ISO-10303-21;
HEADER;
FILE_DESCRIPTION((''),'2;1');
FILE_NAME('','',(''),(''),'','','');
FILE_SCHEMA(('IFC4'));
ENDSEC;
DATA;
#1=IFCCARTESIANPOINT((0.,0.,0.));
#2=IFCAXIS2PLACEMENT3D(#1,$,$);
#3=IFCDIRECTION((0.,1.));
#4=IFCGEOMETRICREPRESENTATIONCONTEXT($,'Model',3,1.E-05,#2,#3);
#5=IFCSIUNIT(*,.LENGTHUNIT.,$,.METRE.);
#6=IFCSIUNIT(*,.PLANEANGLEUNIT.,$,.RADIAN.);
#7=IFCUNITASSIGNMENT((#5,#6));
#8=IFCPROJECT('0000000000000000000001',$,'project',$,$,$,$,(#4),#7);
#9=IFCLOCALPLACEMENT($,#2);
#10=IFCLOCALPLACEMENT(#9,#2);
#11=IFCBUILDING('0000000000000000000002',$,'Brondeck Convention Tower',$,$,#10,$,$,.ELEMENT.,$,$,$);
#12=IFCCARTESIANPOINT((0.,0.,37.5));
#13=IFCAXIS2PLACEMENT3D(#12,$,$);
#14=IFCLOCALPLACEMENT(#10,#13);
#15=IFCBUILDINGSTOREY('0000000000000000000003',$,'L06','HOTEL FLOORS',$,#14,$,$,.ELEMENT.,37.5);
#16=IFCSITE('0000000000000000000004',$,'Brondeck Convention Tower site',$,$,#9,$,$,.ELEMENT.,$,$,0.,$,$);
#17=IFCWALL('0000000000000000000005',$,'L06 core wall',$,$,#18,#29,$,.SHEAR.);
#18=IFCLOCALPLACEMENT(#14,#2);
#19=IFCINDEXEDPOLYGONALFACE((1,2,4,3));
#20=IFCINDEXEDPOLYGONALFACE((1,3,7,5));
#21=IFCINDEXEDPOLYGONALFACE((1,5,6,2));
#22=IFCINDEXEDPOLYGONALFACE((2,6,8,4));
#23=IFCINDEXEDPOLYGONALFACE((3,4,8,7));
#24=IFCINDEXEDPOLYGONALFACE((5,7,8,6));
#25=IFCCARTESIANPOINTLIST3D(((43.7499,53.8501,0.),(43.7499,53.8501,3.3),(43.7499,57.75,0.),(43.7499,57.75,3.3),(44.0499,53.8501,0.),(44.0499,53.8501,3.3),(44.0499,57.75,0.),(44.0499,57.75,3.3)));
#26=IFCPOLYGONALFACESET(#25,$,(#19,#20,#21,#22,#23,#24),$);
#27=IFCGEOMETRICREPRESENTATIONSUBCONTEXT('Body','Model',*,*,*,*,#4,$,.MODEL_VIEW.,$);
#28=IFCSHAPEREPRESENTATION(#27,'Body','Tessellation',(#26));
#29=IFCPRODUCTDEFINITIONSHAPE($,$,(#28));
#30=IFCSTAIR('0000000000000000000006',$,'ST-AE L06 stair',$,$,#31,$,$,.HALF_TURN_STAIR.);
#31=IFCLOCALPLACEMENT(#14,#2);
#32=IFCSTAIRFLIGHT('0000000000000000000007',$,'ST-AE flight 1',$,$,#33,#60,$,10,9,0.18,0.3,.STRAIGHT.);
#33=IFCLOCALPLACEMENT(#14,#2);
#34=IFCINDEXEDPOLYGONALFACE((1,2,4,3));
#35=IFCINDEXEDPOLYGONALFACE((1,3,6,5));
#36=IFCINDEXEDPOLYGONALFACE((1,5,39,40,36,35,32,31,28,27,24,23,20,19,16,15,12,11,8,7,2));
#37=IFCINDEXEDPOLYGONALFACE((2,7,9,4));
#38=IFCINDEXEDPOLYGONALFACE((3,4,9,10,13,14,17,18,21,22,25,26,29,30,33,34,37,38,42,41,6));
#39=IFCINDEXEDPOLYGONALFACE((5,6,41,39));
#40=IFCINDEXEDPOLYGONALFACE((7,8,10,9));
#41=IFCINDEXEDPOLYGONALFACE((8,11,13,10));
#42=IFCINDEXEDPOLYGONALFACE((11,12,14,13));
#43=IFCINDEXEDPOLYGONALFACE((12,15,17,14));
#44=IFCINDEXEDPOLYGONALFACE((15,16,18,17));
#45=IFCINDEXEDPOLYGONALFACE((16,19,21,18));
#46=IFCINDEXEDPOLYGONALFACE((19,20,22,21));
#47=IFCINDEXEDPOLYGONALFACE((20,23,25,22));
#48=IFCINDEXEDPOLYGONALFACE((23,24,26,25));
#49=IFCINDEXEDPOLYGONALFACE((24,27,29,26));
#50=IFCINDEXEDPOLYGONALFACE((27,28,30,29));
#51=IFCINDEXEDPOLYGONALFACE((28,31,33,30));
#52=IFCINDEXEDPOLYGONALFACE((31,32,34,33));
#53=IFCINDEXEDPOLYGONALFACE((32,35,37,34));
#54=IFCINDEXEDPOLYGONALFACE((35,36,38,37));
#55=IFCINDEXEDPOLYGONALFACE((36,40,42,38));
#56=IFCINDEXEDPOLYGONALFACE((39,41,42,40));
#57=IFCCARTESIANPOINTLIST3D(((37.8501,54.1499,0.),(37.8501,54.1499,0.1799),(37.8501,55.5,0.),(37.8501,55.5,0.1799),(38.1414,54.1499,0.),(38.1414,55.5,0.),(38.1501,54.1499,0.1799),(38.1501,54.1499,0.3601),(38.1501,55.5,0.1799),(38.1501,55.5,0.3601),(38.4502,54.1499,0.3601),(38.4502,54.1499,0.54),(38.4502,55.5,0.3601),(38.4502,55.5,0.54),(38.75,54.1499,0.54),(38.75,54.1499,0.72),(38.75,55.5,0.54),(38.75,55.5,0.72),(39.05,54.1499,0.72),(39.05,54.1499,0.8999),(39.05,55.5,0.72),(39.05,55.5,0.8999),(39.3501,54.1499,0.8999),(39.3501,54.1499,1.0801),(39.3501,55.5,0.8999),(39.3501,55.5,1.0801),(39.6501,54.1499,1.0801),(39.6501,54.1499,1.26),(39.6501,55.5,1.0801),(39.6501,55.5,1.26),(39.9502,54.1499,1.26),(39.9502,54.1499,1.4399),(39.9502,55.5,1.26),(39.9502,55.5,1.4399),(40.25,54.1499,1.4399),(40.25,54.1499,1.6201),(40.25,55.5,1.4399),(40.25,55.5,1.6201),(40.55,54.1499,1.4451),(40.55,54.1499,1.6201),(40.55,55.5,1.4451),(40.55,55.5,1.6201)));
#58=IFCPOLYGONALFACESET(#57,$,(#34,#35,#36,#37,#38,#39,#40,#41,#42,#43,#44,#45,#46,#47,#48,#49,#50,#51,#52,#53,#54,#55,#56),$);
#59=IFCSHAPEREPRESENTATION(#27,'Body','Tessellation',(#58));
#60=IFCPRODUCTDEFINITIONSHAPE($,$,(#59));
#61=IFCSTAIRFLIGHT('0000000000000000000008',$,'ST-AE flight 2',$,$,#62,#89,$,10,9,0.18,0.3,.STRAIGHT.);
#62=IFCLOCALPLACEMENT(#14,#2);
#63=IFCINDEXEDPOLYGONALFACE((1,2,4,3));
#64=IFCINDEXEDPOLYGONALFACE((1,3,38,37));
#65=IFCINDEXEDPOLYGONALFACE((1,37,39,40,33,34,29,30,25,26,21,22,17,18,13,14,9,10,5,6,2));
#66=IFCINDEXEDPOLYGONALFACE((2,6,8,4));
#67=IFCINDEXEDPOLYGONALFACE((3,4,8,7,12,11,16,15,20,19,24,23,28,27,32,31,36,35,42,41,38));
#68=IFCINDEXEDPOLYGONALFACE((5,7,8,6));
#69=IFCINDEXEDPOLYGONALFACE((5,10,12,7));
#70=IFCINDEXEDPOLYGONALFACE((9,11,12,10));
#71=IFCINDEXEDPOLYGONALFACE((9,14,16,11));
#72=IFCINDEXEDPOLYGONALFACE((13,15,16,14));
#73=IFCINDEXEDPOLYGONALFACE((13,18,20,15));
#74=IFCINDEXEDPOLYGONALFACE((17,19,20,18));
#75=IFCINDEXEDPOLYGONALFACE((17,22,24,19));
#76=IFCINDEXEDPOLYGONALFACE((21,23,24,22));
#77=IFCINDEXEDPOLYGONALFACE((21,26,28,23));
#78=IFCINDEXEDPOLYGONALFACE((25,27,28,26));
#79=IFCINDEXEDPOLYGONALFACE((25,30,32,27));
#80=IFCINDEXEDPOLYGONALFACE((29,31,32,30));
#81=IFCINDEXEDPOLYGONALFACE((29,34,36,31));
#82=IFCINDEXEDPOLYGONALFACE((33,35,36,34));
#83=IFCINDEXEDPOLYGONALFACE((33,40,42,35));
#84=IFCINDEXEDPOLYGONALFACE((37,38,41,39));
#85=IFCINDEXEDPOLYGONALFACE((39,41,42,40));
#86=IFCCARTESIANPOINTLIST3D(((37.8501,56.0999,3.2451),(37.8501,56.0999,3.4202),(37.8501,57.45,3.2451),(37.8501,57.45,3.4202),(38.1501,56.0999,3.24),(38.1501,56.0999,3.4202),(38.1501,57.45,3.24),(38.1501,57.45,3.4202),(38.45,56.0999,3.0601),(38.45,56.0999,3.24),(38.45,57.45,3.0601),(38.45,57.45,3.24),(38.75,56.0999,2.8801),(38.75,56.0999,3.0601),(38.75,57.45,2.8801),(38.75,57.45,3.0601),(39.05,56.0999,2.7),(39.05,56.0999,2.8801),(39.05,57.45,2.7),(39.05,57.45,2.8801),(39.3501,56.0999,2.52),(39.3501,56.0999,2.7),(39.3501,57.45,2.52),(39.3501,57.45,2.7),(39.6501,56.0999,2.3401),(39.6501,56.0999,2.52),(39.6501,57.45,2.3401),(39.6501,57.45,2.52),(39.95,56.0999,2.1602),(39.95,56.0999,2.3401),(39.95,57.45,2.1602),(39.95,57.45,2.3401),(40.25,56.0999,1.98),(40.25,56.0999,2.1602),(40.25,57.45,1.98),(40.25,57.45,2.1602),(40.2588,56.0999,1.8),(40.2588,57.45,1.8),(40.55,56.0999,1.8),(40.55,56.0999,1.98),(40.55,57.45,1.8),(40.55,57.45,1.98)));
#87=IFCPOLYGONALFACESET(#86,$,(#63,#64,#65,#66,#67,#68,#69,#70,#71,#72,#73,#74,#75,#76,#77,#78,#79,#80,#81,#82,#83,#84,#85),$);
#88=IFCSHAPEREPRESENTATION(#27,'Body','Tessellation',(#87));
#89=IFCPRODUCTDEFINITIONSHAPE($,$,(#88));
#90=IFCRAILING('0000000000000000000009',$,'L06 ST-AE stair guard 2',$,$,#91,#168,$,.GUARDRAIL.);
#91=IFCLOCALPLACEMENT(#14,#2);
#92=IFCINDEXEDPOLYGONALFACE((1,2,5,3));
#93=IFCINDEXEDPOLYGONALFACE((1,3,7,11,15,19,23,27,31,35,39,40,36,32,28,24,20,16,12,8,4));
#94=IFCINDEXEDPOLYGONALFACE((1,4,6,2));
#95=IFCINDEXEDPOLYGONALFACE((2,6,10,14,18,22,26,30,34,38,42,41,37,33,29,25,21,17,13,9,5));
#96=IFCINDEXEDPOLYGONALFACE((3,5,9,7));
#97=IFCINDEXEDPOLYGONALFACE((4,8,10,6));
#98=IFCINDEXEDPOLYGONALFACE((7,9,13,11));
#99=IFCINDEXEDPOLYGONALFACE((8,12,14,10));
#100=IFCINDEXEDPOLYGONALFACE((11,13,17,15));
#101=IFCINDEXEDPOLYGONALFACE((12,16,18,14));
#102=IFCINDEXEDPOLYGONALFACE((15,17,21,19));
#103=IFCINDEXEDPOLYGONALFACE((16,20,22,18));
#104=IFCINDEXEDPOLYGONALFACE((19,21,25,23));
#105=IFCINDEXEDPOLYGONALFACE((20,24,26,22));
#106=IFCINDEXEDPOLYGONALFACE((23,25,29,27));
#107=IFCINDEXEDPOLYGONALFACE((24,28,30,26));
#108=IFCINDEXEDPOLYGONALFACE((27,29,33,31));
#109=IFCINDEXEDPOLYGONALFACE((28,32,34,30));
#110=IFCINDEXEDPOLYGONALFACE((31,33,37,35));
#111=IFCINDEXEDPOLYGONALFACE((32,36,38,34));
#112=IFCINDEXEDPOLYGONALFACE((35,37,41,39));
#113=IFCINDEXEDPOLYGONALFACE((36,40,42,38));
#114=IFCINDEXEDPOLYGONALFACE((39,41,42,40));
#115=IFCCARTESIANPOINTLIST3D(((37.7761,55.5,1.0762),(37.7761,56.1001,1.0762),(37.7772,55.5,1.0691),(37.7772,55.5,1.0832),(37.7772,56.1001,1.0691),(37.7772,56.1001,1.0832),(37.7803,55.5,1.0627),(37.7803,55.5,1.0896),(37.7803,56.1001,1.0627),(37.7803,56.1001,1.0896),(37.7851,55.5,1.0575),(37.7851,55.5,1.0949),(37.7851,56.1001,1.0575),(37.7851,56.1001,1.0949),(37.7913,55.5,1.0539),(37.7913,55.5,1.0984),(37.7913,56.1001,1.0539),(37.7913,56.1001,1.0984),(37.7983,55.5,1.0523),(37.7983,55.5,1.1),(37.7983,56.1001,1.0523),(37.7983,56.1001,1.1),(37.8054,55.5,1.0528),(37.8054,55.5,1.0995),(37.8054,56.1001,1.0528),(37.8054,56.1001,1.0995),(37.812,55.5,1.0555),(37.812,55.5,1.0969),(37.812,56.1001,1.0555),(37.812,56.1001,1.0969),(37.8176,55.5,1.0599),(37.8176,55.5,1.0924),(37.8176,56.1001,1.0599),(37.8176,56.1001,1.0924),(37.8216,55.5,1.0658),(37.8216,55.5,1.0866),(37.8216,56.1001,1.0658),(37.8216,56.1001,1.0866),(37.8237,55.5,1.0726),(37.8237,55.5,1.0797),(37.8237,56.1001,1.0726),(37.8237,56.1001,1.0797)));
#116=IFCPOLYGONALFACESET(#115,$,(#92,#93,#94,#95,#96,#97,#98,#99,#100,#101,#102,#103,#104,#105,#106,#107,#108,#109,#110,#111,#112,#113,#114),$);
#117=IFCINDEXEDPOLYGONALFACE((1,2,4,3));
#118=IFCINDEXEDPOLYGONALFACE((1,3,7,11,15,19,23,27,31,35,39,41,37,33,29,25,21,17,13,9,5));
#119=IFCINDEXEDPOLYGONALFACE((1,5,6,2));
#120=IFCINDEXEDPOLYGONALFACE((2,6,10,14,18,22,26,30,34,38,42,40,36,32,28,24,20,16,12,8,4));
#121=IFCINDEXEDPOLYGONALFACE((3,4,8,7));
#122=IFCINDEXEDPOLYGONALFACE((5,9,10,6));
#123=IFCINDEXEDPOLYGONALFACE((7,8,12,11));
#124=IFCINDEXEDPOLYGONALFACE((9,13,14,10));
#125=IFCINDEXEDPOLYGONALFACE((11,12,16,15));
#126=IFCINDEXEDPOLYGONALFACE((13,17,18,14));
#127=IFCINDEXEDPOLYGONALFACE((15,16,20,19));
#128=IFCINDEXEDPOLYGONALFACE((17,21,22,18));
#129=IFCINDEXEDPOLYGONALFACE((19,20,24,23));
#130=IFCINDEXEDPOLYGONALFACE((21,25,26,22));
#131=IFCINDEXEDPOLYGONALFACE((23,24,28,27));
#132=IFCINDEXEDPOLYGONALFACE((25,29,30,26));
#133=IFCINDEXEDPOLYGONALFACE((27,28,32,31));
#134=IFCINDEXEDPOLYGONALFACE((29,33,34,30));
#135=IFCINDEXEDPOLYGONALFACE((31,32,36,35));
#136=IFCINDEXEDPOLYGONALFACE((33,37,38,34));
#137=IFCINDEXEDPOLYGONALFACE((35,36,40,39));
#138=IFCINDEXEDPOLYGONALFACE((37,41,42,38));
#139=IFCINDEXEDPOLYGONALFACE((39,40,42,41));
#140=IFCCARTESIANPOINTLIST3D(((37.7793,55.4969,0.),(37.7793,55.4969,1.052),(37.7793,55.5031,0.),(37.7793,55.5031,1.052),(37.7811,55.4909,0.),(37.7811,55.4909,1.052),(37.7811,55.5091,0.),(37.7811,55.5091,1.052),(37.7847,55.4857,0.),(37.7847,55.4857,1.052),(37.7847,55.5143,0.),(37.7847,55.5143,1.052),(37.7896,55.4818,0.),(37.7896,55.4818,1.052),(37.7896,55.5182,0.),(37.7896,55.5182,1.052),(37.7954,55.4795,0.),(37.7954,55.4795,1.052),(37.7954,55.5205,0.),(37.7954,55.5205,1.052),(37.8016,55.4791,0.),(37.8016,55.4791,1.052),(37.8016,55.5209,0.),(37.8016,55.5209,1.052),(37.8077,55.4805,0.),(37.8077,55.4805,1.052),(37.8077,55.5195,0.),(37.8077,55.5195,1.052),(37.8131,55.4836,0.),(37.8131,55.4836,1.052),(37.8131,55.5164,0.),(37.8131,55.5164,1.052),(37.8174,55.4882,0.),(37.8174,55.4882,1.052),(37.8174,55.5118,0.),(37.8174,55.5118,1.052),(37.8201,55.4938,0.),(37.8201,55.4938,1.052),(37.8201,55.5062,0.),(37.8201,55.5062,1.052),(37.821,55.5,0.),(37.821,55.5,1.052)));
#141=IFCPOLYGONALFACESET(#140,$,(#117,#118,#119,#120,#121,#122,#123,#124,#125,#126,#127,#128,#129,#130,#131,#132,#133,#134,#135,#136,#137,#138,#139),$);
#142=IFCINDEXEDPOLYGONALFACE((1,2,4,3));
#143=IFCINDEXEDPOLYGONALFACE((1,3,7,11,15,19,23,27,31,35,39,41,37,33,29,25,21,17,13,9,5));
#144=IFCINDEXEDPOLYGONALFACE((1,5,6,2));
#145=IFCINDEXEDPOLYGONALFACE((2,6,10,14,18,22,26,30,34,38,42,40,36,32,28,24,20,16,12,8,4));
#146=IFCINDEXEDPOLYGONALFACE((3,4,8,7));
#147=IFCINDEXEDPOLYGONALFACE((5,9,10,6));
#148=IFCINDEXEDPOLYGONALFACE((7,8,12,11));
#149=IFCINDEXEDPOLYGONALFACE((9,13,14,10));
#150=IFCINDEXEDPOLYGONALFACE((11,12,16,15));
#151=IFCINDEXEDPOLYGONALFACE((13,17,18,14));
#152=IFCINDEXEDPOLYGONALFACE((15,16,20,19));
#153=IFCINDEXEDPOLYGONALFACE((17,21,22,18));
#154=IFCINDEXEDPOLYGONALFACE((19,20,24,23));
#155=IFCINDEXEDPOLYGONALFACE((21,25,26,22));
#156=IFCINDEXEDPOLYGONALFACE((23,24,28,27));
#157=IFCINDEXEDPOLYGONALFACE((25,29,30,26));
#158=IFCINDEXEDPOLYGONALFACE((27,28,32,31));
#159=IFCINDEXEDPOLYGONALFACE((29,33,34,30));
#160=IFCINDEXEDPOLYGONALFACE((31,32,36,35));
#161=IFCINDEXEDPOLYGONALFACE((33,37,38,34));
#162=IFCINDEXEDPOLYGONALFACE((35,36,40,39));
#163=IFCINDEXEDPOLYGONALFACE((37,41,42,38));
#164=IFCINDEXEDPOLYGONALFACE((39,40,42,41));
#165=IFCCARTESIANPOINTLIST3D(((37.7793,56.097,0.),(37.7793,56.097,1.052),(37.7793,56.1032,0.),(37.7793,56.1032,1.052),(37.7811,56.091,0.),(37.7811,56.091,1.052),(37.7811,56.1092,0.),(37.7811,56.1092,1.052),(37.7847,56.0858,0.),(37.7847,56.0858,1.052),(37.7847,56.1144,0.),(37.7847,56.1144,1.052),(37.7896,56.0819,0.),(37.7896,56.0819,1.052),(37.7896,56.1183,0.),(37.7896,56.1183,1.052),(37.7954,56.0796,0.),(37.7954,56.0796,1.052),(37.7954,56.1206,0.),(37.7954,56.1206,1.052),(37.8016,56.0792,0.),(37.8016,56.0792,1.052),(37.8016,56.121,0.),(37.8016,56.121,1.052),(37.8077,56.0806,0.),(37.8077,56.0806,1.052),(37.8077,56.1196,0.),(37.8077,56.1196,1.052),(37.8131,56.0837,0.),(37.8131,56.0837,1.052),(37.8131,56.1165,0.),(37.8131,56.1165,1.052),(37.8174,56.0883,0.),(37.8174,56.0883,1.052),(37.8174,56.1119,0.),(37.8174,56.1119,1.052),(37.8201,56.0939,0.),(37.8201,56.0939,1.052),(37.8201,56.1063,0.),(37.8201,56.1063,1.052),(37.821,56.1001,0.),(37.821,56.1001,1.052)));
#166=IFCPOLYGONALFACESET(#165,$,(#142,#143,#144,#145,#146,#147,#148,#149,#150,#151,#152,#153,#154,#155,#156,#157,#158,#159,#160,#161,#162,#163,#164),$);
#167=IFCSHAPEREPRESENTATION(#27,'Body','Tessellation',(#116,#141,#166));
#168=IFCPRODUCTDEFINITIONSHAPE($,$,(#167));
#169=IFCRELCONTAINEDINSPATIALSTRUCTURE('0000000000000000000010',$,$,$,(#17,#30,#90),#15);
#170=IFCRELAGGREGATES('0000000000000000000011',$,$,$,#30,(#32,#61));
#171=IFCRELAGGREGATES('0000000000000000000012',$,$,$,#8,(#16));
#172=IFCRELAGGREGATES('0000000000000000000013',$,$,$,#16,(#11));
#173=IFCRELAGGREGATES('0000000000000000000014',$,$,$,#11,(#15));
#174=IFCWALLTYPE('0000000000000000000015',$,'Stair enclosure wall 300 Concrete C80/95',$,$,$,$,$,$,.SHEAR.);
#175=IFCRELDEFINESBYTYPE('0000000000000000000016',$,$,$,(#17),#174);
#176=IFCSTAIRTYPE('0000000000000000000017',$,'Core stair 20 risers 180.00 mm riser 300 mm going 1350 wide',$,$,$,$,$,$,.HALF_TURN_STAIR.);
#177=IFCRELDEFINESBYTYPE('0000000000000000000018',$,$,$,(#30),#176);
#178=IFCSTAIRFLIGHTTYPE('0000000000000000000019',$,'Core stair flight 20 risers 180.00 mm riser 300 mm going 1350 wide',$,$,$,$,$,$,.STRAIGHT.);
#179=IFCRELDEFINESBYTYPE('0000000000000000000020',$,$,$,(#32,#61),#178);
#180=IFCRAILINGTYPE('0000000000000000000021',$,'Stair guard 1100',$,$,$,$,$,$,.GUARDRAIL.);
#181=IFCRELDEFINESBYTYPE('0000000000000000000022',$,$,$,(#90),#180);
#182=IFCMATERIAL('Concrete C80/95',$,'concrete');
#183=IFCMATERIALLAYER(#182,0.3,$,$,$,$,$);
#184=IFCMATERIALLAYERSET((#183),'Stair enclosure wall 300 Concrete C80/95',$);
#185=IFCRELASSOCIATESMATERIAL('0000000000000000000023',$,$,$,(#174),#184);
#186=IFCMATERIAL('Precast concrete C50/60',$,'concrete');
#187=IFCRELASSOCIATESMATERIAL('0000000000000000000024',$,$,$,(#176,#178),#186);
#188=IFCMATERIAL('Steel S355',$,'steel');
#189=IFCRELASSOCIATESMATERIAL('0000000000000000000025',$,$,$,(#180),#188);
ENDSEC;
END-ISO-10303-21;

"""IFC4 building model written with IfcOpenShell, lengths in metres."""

from ifc_helpers import new_model, si_unit, direction, frame, frame_2d, origin, origin_2d, place, context, subcontext, project, spatial, polyline, rectangle, circle, outline, extrude, material, layer, layer_set, type_object, element, aggregate, save


model = new_model("IFC4")

# Units and contexts
model_context = context("Model", 3, precision=1e-05, world=origin(), true_north=direction((0.0, 1.0)))
body_context = subcontext(model_context, "Body", "Model", "MODEL_VIEW")
ifc_project = project(units=[si_unit("LENGTHUNIT", "METRE"), si_unit("PLANEANGLEUNIT", "RADIAN")], contexts=[model_context])

# Site, building, storey
site_placement = place(None, origin())
site = spatial("IfcSite", under=ifc_project, at=site_placement, Name="Brondeck Convention Tower site", CompositionType="ELEMENT", RefElevation=0.0)
building_placement = place(site_placement, origin())
building = spatial("IfcBuilding", under=site, at=building_placement, Name="Brondeck Convention Tower", CompositionType="ELEMENT")
storey_placement = place(building_placement, frame((0.0, 0.0, 37.5)))
storey = spatial("IfcBuildingStorey", under=building, at=storey_placement, Name="L06", Description="HOTEL FLOORS", CompositionType="ELEMENT", Elevation=37.5)

# Shared definitions
ifc_material_1 = material(Name="Concrete C80/95", Category="concrete")

# Wall
ifc_layer_1 = layer(ifc_material_1, 0.3)
ifc_layer_set_1 = layer_set([ifc_layer_1], Name="Stair enclosure wall 300 Concrete C80/95")
wall_type_1 = type_object("IfcWallType", Name="Stair enclosure wall 300 Concrete C80/95", PredefinedType="SHEAR", material=ifc_layer_set_1)
wall_1_placement = place(storey_placement, frame((43.8999, 53.8501, 0.0), z_axis=(0.0, 0.0, 1.0), x_axis=(0.0, 1.0, 0.0)))
element("IfcWall", 1, at=wall_1_placement, inside=storey, type_object=wall_type_1, Name="L06 core wall", PredefinedType="SHEAR", context=body_context, shape_type="SweptSolid", body=[
    extrude(rectangle(XDim=3.8999, YDim=0.3, at=frame_2d((1.95, 0.0))), origin(), (0.0, 0.0, 1.0), 3.3),
])

# Stair, stair flights
ifc_material_2 = material(Name="Precast concrete C50/60", Category="concrete")
stair_type = type_object("IfcStairType", Name="Core stair 20 risers 180.00 mm riser 300 mm going 1350 wide", PredefinedType="HALF_TURN_STAIR", material=ifc_material_2)
stair_placement = place(storey_placement, origin())
stair = element("IfcStair", 2, at=stair_placement, inside=storey, type_object=stair_type, Name="ST-AE L06 stair", PredefinedType="HALF_TURN_STAIR")
stair_flight_type = type_object("IfcStairFlightType", Name="Core stair flight 20 risers 180.00 mm riser 300 mm going 1350 wide", PredefinedType="STRAIGHT", material=ifc_material_2)
stair_flight_1_placement = place(storey_placement, frame((37.8501, 54.825, 0.0), z_axis=(0.0, 0.0, 1.0), x_axis=(1.0, 0.0, 0.0)))
stair_flight_1 = element("IfcStairFlight", 3, at=stair_flight_1_placement, type_object=stair_flight_type, Name="ST-AE flight 1", NumberOfRisers=10, NumberOfTreads=9, PredefinedType="STRAIGHT", RiserHeight=0.18, TreadLength=0.3, context=body_context, shape_type="SweptSolid", body=[
    extrude(outline(polyline([(0.0, 0.0), (0.0, 0.1799), (0.3, 0.1799), (0.3, 0.3601), (0.6001, 0.3601), (0.6001, 0.54), (0.8999, 0.54), (0.8999, 0.72), (1.2, 0.72), (1.2, 0.8999), (1.5, 0.8999), (1.5, 1.0801), (1.8, 1.0801), (1.8, 1.26), (2.1001, 1.26), (2.1001, 1.4399), (2.3999, 1.4399), (2.3999, 1.6201), (2.7, 1.6201), (2.7, 1.8), (2.7, 1.4451), (0.2913, 0.0), (0.0, 0.0)])), frame((0.0, 0.675, 0.0), z_axis=(0.0, -1.0, 0.0), x_axis=(1.0, 0.0, 0.0)), (0.0, 0.0, 1.0), 1.3501),
])
stair_flight_2_placement = place(storey_placement, frame((40.55, 56.7749, 1.8), z_axis=(0.0, 0.0, 1.0), x_axis=(-1.0, 0.0, 0.0)))
stair_flight_2 = element("IfcStairFlight", 4, at=stair_flight_2_placement, type_object=stair_flight_type, Name="ST-AE flight 2", NumberOfRisers=10, NumberOfTreads=9, PredefinedType="STRAIGHT", RiserHeight=0.18, TreadLength=0.3, context=body_context, shape_type="SweptSolid", body=[
    extrude(outline(polyline([(0.0, 0.0), (0.0, 0.1799), (0.3, 0.1799), (0.3, 0.3601), (0.6001, 0.3601), (0.6001, 0.54), (0.8999, 0.54), (0.8999, 0.72), (1.2, 0.72), (1.2, 0.8999), (1.5, 0.8999), (1.5, 1.0801), (1.8, 1.0801), (1.8, 1.26), (2.1001, 1.26), (2.1001, 1.4399), (2.3999, 1.4399), (2.3999, 1.6201), (2.7, 1.6201), (2.7, 1.8), (2.7, 1.4451), (0.2913, 0.0), (0.0, 0.0)])), frame((0.0, 0.675, 0.0), z_axis=(0.0, -1.0, 0.0), x_axis=(1.0, 0.0, 0.0)), (0.0, 0.0, 1.0), 1.3501),
])
aggregate(stair, [stair_flight_1, stair_flight_2])

# Railing
ifc_material_3 = material(Name="Steel S355", Category="steel")
railing_type_1 = type_object("IfcRailingType", Name="Stair guard 1100", PredefinedType="GUARDRAIL", material=ifc_material_3)
railing_1_placement = place(storey_placement, frame((37.8, 55.5, 0.0)))
element("IfcRailing", 5, at=railing_1_placement, inside=storey, type_object=railing_type_1, Name="L06 ST-AE stair guard 2", PredefinedType="GUARDRAIL", context=body_context, shape_type="SweptSolid", body=[
    extrude(circle(Radius=0.0239, at=origin_2d()), frame((0.0, 0.0, 1.0762), z_axis=(0.0, 1.0, 0.0), x_axis=(-1.0, 0.0, 0.0)), (0.0, 0.0, 1.0), 0.6001),
    extrude(circle(Radius=0.021, at=origin_2d()), origin(), (0.0, 0.0, 1.0), 1.052),
    extrude(circle(Radius=0.021, at=origin_2d()), frame((0.0, 0.6001, 0.0)), (0.0, 0.0, 1.0), 1.052),
])

save(model, "model.ifc")
